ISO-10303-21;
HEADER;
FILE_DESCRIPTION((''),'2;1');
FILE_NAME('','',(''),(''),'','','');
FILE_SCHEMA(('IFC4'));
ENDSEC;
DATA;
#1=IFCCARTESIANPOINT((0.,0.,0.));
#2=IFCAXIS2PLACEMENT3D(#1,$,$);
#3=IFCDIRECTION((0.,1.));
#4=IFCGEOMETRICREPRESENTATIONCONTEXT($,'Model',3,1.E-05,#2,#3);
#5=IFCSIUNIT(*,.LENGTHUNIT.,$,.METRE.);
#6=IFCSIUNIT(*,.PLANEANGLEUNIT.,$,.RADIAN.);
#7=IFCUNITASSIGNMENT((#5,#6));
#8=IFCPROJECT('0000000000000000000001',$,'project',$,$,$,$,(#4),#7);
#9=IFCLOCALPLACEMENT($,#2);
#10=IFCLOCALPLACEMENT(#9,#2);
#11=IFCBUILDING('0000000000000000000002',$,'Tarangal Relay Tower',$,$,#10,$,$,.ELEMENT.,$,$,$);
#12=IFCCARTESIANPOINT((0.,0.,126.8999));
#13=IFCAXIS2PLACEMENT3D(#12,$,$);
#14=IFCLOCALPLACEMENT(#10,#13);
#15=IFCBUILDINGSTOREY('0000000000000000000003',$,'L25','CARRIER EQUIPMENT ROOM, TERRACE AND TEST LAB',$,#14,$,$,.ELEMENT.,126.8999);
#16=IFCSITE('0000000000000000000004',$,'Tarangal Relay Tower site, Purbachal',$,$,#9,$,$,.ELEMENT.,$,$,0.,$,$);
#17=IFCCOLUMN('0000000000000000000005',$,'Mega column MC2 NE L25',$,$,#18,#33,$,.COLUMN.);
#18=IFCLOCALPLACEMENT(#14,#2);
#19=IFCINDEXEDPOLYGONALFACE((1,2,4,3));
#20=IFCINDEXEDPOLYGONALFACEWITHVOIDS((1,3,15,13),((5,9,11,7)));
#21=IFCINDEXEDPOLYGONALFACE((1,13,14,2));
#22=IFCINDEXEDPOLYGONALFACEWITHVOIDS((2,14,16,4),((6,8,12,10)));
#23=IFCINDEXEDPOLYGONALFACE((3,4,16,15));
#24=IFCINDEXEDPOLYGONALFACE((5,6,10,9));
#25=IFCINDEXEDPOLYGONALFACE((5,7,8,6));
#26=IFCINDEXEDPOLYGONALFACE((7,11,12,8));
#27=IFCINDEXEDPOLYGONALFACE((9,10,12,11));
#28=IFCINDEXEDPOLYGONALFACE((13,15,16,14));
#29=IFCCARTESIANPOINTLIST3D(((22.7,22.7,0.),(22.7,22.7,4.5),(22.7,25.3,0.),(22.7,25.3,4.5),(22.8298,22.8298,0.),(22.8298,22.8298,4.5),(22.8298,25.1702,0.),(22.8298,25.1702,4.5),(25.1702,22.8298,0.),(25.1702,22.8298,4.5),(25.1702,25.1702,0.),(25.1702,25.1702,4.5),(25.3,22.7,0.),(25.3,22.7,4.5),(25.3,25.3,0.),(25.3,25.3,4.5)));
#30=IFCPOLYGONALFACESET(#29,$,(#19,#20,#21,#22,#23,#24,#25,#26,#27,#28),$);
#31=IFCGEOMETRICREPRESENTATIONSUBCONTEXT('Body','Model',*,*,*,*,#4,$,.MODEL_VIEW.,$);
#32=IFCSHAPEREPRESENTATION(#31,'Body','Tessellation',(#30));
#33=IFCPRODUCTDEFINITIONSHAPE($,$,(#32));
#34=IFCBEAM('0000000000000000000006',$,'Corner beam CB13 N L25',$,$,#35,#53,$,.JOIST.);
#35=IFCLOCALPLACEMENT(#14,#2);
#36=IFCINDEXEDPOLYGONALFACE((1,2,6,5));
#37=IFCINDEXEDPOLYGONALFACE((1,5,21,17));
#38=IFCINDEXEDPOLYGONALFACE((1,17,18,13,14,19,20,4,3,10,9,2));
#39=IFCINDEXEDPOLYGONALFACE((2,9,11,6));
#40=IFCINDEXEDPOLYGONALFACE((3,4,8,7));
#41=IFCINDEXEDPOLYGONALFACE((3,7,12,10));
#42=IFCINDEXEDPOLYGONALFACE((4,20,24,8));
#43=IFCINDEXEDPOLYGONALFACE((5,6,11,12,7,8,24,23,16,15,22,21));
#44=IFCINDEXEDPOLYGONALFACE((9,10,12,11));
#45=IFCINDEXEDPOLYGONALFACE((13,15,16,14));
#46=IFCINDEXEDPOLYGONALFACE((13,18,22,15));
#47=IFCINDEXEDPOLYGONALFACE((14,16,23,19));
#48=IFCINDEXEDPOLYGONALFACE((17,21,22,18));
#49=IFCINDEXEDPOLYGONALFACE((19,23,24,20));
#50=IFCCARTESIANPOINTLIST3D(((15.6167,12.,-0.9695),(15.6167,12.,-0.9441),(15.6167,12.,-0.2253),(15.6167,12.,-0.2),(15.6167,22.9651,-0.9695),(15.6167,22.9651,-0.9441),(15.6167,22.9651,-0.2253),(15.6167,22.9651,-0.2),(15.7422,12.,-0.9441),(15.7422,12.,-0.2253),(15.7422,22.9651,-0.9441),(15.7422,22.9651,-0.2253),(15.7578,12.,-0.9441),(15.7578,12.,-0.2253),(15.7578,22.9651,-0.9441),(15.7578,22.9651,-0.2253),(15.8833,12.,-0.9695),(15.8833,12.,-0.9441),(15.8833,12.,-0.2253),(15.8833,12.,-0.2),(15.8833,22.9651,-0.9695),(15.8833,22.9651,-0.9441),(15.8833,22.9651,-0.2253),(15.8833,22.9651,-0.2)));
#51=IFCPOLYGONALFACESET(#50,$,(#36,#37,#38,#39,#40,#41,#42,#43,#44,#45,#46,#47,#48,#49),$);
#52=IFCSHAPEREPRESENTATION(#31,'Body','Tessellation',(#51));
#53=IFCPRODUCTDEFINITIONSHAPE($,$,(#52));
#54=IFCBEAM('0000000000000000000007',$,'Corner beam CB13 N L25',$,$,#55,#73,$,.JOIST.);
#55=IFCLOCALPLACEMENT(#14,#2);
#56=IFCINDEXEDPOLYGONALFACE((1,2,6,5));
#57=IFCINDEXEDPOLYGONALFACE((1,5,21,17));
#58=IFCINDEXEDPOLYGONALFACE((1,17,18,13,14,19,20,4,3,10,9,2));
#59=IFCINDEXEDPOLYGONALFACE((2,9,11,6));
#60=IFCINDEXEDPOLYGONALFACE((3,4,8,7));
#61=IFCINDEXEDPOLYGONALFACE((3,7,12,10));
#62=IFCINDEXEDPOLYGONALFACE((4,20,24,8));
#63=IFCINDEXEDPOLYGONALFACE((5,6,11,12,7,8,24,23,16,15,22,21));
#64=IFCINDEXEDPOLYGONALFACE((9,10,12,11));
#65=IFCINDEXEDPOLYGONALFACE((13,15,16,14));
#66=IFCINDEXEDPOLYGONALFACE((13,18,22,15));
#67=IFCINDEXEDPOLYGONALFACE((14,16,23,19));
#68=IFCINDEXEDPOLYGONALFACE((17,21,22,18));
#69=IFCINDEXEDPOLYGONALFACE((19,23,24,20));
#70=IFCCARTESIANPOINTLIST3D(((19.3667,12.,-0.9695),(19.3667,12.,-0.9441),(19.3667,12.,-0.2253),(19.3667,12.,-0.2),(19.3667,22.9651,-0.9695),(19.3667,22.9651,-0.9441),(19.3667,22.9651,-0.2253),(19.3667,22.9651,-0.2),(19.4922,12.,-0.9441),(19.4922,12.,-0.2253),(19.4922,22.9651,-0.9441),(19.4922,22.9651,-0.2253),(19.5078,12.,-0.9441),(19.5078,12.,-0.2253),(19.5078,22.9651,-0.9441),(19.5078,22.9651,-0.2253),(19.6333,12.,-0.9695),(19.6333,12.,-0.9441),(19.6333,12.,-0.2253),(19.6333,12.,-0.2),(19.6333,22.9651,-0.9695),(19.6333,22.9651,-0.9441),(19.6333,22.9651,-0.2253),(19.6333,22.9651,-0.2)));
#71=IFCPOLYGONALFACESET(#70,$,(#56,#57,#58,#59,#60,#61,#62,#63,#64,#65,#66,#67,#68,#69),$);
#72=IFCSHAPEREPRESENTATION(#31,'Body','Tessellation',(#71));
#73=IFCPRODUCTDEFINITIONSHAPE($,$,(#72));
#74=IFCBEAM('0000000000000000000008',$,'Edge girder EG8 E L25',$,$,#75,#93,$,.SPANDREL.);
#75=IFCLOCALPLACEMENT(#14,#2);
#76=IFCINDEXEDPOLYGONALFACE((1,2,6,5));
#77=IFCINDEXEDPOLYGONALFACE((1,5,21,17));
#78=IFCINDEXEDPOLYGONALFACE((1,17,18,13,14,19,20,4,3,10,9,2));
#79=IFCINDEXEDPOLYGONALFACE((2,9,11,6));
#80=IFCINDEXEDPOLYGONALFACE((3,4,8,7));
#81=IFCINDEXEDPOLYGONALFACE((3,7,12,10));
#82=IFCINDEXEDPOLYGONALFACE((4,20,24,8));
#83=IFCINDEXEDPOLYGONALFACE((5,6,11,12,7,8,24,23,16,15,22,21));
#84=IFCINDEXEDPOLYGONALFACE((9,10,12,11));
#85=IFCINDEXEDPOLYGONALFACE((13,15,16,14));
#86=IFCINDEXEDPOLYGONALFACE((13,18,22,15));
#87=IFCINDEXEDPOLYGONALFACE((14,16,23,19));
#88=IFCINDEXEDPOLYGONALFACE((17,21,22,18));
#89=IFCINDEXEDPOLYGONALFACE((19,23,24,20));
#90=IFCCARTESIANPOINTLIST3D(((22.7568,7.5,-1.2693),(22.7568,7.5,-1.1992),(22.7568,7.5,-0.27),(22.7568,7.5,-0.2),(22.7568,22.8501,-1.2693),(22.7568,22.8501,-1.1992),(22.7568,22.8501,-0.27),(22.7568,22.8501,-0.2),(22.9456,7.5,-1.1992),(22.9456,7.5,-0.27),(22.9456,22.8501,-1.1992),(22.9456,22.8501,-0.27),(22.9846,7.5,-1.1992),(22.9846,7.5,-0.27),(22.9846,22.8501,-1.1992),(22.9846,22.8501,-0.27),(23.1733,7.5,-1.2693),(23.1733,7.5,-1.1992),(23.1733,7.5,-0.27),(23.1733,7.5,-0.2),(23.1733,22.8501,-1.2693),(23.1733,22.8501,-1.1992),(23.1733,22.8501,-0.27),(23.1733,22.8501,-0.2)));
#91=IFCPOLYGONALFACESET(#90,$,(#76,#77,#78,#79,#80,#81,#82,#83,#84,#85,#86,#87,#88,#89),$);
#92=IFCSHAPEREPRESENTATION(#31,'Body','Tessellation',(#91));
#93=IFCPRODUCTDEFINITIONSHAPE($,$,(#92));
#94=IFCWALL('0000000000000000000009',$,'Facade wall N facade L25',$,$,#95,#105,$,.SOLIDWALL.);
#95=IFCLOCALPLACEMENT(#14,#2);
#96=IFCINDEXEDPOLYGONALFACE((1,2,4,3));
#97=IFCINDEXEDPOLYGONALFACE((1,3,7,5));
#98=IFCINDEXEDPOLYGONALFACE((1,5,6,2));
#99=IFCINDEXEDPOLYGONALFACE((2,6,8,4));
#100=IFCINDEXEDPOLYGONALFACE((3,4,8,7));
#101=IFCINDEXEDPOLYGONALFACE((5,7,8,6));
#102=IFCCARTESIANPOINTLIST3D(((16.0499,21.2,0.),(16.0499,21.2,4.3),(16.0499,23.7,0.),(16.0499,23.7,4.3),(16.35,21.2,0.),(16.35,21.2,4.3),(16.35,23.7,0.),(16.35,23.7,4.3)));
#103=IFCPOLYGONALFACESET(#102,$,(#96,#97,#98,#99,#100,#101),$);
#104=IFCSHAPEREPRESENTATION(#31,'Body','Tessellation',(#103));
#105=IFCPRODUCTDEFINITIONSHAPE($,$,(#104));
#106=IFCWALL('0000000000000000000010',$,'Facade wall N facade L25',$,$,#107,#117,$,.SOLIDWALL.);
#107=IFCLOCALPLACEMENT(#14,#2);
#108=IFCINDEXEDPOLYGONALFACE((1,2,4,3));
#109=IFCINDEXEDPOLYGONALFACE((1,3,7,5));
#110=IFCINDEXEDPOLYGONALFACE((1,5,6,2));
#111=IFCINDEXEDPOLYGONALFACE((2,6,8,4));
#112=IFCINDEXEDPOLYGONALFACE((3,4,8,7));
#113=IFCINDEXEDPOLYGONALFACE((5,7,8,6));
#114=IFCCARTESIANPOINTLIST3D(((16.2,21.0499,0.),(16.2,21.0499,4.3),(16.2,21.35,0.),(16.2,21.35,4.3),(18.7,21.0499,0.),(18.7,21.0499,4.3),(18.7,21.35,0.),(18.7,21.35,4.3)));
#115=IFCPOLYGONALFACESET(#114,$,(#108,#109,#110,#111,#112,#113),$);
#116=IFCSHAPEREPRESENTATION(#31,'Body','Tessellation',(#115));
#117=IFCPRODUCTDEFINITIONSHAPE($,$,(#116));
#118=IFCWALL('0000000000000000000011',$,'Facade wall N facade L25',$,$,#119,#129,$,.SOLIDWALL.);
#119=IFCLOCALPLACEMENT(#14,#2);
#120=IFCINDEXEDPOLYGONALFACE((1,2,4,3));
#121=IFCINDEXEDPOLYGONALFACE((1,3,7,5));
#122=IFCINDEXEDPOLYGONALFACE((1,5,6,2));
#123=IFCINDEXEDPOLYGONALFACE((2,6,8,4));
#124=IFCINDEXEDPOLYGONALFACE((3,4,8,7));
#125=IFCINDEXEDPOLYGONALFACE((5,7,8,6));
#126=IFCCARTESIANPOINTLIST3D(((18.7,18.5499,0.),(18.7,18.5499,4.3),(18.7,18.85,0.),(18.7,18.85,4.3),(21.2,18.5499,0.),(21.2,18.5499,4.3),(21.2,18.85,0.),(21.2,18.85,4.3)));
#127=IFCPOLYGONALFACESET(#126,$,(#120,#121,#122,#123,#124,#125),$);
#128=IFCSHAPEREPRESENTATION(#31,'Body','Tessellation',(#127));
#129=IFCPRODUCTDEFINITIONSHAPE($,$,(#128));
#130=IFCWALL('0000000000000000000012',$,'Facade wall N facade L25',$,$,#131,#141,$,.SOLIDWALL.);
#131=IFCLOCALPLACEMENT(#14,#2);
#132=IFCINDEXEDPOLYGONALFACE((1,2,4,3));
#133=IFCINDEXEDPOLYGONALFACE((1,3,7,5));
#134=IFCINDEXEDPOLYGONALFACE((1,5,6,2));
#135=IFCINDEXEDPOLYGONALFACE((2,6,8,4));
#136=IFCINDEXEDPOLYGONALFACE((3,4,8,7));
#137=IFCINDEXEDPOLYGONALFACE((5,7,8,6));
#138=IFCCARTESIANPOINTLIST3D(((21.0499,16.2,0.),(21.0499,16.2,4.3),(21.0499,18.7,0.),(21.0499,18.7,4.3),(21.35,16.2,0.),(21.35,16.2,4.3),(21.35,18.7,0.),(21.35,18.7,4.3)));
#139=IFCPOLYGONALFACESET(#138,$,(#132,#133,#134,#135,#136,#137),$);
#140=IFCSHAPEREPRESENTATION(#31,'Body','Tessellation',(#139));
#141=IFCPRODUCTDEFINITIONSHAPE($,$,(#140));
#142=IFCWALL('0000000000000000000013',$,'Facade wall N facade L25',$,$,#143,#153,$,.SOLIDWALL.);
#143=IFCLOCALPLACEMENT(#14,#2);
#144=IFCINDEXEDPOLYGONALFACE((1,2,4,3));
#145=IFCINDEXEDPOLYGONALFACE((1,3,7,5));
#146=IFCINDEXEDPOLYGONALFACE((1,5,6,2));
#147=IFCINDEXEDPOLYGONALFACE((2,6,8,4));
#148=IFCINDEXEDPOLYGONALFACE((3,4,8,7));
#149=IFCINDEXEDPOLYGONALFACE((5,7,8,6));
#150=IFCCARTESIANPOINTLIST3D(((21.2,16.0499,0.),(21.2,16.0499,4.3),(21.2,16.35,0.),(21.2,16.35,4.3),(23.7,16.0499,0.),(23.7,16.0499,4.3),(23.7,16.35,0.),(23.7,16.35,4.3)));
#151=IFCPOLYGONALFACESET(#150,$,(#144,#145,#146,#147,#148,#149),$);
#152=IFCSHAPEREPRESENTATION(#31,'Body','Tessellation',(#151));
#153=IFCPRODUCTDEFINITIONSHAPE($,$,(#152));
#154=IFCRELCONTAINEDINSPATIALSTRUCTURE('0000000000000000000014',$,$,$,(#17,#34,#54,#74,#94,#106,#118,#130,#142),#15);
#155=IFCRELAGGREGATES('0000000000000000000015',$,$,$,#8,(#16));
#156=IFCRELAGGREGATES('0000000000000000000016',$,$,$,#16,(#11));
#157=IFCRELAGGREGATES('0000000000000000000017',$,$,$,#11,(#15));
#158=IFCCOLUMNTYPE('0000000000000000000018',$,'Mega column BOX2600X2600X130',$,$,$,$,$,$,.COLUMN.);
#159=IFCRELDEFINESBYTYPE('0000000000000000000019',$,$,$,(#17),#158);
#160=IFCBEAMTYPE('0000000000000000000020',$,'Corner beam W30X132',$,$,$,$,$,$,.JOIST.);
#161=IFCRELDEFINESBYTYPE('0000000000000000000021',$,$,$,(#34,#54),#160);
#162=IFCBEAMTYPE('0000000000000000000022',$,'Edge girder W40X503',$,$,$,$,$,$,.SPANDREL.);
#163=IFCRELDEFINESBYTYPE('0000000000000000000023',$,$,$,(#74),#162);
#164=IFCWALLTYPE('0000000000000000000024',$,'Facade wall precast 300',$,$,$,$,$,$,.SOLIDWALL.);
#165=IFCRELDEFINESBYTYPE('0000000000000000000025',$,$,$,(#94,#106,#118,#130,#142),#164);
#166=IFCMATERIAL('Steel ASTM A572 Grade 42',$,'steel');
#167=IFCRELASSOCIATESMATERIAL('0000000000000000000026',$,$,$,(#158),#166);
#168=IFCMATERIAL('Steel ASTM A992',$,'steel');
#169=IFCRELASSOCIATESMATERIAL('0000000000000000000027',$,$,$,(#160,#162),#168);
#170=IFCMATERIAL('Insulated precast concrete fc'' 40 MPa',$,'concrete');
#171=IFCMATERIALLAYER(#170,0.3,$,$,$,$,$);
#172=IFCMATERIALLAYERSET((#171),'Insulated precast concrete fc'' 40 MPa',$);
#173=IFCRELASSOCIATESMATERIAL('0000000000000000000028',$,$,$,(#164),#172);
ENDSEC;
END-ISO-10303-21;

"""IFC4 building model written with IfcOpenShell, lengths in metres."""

from ifc_helpers import new_model, si_unit, direction, frame, frame_2d, origin, origin_2d, place, context, subcontext, project, spatial, rectangle, hollow_rectangle, i_section, extrude, material, layer, layer_set, material_profile, profile_set, type_object, element, save


model = new_model("IFC4")

# Units and contexts
model_context = context("Model", 3, precision=1e-05, world=origin(), true_north=direction((0.0, 1.0)))
body_context = subcontext(model_context, "Body", "Model", "MODEL_VIEW")
ifc_project = project(units=[si_unit("LENGTHUNIT", "METRE"), si_unit("PLANEANGLEUNIT", "RADIAN")], contexts=[model_context])

# Site, building, storey
site_placement = place(None, origin())
site = spatial("IfcSite", under=ifc_project, at=site_placement, Name="Tarangal Relay Tower site, Purbachal", CompositionType="ELEMENT", RefElevation=0.0)
building_placement = place(site_placement, origin())
building = spatial("IfcBuilding", under=site, at=building_placement, Name="Tarangal Relay Tower", CompositionType="ELEMENT")
storey_placement = place(building_placement, frame((0.0, 0.0, 126.8999)))
storey = spatial("IfcBuildingStorey", under=building, at=storey_placement, Name="L25", Description="CARRIER EQUIPMENT ROOM, TERRACE AND TEST LAB", CompositionType="ELEMENT", Elevation=126.8999)

# Column
ifc_material_1 = material(Name="Steel ASTM A572 Grade 42", Category="steel")
ifc_material_profile_1 = material_profile(ifc_material_1, hollow_rectangle(XDim=2.6001, YDim=2.6001, WallThickness=0.1299, at=origin_2d()), Name="BOX2600X2600X130")
ifc_profile_set_1 = profile_set([ifc_material_profile_1], Name="Steel ASTM A572 Grade 42")
column_type = type_object("IfcColumnType", Name="Mega column BOX2600X2600X130", PredefinedType="COLUMN", material=ifc_profile_set_1)
column_placement = place(storey_placement, frame((24.0, 24.0, 0.0), z_axis=(0.0, 0.0, 1.0), x_axis=(1.0, 0.0, 0.0)))
element("IfcColumn", 1, at=column_placement, inside=storey, type_object=column_type, Name="Mega column MC2 NE L25", PredefinedType="COLUMN", context=body_context, shape_type="SweptSolid", body=[
    extrude(hollow_rectangle(XDim=2.6001, YDim=2.6001, WallThickness=0.1299, at=origin_2d()), origin(), (0.0, 0.0, 1.0), 4.5),
])

# Beams
ifc_material_2 = material(Name="Steel ASTM A992", Category="steel")
ifc_material_profile_2 = material_profile(ifc_material_2, i_section(OverallWidth=0.2666, OverallDepth=0.7695, WebThickness=0.0156, FlangeThickness=0.0254, at=origin_2d()), Name="W30X132")
ifc_profile_set_2 = profile_set([ifc_material_profile_2], Name="Steel ASTM A992")
beam_type_1 = type_object("IfcBeamType", Name="Corner beam W30X132", PredefinedType="JOIST", material=ifc_profile_set_2)
for number, where, z_axis, x_axis, name in (
    (2, (15.75, 12.0, -0.5847), (0.0, 1.0, 0.0), (-1.0, 0.0, 0.0), "Corner beam CB13 N L25"),
    (3, (19.5, 12.0, -0.5847), (0.0, 1.0, 0.0), (-1.0, 0.0, 0.0), "Corner beam CB13 N L25"),
):
    element("IfcBeam", number, at=place(storey_placement, frame(where, z_axis=z_axis, x_axis=x_axis)), inside=storey, type_object=beam_type_1, Name=name, PredefinedType="JOIST", context=body_context, shape_type="SweptSolid", body=[
        extrude(i_section(OverallWidth=0.2666, OverallDepth=0.7695, WebThickness=0.0156, FlangeThickness=0.0254, at=origin_2d()), origin(), (0.0, 0.0, 1.0), 10.9651),
    ])
ifc_material_profile_3 = material_profile(ifc_material_2, i_section(OverallWidth=0.4165, OverallDepth=1.0693, WebThickness=0.0391, FlangeThickness=0.0701, at=origin_2d()), Name="W40X503")
ifc_profile_set_3 = profile_set([ifc_material_profile_3], Name="Steel ASTM A992")
beam_type_2 = type_object("IfcBeamType", Name="Edge girder W40X503", PredefinedType="SPANDREL", material=ifc_profile_set_3)
beam_placement = place(storey_placement, frame((22.9651, 22.8501, -0.7346), z_axis=(0.0, -1.0, 0.0), x_axis=(1.0, 0.0, 0.0)))
element("IfcBeam", 4, at=beam_placement, inside=storey, type_object=beam_type_2, Name="Edge girder EG8 E L25", PredefinedType="SPANDREL", context=body_context, shape_type="SweptSolid", body=[
    extrude(i_section(OverallWidth=0.4165, OverallDepth=1.0693, WebThickness=0.0391, FlangeThickness=0.0701, at=origin_2d()), origin(), (0.0, 0.0, 1.0), 15.3501),
])

# Walls
ifc_material_3 = material(Name="Insulated precast concrete fc' 40 MPa", Category="concrete")
ifc_layer_1 = layer(ifc_material_3, 0.3)
ifc_layer_set_1 = layer_set([ifc_layer_1], Name="Insulated precast concrete fc' 40 MPa")
wall_type_1 = type_object("IfcWallType", Name="Facade wall precast 300", PredefinedType="SOLIDWALL", material=ifc_layer_set_1)
for number, where, z_axis, x_axis, name in (
    (5, (16.2, 23.7, 0.0), (0.0, 0.0, 1.0), (0.0, -1.0, 0.0), "Facade wall N facade L25"),
    (6, (16.2, 21.2, 0.0), (0.0, 0.0, 1.0), (1.0, 0.0, 0.0), "Facade wall N facade L25"),
):
    element("IfcWall", number, at=place(storey_placement, frame(where, z_axis=z_axis, x_axis=x_axis)), inside=storey, type_object=wall_type_1, Name=name, PredefinedType="SOLIDWALL", context=body_context, shape_type="SweptSolid", body=[
        extrude(rectangle(XDim=2.5, YDim=0.3, at=frame_2d((1.25, 0.0))), origin(), (0.0, 0.0, 1.0), 4.3),
    ])

# Walls
for number, where, z_axis, x_axis, name in (
    (7, (18.7, 18.7, 0.0), (0.0, 0.0, 1.0), (1.0, 0.0, 0.0), "Facade wall N facade L25"),
    (8, (21.2, 18.7, 0.0), (0.0, 0.0, 1.0), (0.0, -1.0, 0.0), "Facade wall N facade L25"),
    (9, (21.2, 16.2, 0.0), (0.0, 0.0, 1.0), (1.0, 0.0, 0.0), "Facade wall N facade L25"),
):
    element("IfcWall", number, at=place(storey_placement, frame(where, z_axis=z_axis, x_axis=x_axis)), inside=storey, type_object=wall_type_1, Name=name, PredefinedType="SOLIDWALL", context=body_context, shape_type="SweptSolid", body=[
        extrude(rectangle(XDim=2.5, YDim=0.3, at=frame_2d((1.25, 0.0))), origin(), (0.0, 0.0, 1.0), 4.3),
    ])

save(model, "model.ifc")
